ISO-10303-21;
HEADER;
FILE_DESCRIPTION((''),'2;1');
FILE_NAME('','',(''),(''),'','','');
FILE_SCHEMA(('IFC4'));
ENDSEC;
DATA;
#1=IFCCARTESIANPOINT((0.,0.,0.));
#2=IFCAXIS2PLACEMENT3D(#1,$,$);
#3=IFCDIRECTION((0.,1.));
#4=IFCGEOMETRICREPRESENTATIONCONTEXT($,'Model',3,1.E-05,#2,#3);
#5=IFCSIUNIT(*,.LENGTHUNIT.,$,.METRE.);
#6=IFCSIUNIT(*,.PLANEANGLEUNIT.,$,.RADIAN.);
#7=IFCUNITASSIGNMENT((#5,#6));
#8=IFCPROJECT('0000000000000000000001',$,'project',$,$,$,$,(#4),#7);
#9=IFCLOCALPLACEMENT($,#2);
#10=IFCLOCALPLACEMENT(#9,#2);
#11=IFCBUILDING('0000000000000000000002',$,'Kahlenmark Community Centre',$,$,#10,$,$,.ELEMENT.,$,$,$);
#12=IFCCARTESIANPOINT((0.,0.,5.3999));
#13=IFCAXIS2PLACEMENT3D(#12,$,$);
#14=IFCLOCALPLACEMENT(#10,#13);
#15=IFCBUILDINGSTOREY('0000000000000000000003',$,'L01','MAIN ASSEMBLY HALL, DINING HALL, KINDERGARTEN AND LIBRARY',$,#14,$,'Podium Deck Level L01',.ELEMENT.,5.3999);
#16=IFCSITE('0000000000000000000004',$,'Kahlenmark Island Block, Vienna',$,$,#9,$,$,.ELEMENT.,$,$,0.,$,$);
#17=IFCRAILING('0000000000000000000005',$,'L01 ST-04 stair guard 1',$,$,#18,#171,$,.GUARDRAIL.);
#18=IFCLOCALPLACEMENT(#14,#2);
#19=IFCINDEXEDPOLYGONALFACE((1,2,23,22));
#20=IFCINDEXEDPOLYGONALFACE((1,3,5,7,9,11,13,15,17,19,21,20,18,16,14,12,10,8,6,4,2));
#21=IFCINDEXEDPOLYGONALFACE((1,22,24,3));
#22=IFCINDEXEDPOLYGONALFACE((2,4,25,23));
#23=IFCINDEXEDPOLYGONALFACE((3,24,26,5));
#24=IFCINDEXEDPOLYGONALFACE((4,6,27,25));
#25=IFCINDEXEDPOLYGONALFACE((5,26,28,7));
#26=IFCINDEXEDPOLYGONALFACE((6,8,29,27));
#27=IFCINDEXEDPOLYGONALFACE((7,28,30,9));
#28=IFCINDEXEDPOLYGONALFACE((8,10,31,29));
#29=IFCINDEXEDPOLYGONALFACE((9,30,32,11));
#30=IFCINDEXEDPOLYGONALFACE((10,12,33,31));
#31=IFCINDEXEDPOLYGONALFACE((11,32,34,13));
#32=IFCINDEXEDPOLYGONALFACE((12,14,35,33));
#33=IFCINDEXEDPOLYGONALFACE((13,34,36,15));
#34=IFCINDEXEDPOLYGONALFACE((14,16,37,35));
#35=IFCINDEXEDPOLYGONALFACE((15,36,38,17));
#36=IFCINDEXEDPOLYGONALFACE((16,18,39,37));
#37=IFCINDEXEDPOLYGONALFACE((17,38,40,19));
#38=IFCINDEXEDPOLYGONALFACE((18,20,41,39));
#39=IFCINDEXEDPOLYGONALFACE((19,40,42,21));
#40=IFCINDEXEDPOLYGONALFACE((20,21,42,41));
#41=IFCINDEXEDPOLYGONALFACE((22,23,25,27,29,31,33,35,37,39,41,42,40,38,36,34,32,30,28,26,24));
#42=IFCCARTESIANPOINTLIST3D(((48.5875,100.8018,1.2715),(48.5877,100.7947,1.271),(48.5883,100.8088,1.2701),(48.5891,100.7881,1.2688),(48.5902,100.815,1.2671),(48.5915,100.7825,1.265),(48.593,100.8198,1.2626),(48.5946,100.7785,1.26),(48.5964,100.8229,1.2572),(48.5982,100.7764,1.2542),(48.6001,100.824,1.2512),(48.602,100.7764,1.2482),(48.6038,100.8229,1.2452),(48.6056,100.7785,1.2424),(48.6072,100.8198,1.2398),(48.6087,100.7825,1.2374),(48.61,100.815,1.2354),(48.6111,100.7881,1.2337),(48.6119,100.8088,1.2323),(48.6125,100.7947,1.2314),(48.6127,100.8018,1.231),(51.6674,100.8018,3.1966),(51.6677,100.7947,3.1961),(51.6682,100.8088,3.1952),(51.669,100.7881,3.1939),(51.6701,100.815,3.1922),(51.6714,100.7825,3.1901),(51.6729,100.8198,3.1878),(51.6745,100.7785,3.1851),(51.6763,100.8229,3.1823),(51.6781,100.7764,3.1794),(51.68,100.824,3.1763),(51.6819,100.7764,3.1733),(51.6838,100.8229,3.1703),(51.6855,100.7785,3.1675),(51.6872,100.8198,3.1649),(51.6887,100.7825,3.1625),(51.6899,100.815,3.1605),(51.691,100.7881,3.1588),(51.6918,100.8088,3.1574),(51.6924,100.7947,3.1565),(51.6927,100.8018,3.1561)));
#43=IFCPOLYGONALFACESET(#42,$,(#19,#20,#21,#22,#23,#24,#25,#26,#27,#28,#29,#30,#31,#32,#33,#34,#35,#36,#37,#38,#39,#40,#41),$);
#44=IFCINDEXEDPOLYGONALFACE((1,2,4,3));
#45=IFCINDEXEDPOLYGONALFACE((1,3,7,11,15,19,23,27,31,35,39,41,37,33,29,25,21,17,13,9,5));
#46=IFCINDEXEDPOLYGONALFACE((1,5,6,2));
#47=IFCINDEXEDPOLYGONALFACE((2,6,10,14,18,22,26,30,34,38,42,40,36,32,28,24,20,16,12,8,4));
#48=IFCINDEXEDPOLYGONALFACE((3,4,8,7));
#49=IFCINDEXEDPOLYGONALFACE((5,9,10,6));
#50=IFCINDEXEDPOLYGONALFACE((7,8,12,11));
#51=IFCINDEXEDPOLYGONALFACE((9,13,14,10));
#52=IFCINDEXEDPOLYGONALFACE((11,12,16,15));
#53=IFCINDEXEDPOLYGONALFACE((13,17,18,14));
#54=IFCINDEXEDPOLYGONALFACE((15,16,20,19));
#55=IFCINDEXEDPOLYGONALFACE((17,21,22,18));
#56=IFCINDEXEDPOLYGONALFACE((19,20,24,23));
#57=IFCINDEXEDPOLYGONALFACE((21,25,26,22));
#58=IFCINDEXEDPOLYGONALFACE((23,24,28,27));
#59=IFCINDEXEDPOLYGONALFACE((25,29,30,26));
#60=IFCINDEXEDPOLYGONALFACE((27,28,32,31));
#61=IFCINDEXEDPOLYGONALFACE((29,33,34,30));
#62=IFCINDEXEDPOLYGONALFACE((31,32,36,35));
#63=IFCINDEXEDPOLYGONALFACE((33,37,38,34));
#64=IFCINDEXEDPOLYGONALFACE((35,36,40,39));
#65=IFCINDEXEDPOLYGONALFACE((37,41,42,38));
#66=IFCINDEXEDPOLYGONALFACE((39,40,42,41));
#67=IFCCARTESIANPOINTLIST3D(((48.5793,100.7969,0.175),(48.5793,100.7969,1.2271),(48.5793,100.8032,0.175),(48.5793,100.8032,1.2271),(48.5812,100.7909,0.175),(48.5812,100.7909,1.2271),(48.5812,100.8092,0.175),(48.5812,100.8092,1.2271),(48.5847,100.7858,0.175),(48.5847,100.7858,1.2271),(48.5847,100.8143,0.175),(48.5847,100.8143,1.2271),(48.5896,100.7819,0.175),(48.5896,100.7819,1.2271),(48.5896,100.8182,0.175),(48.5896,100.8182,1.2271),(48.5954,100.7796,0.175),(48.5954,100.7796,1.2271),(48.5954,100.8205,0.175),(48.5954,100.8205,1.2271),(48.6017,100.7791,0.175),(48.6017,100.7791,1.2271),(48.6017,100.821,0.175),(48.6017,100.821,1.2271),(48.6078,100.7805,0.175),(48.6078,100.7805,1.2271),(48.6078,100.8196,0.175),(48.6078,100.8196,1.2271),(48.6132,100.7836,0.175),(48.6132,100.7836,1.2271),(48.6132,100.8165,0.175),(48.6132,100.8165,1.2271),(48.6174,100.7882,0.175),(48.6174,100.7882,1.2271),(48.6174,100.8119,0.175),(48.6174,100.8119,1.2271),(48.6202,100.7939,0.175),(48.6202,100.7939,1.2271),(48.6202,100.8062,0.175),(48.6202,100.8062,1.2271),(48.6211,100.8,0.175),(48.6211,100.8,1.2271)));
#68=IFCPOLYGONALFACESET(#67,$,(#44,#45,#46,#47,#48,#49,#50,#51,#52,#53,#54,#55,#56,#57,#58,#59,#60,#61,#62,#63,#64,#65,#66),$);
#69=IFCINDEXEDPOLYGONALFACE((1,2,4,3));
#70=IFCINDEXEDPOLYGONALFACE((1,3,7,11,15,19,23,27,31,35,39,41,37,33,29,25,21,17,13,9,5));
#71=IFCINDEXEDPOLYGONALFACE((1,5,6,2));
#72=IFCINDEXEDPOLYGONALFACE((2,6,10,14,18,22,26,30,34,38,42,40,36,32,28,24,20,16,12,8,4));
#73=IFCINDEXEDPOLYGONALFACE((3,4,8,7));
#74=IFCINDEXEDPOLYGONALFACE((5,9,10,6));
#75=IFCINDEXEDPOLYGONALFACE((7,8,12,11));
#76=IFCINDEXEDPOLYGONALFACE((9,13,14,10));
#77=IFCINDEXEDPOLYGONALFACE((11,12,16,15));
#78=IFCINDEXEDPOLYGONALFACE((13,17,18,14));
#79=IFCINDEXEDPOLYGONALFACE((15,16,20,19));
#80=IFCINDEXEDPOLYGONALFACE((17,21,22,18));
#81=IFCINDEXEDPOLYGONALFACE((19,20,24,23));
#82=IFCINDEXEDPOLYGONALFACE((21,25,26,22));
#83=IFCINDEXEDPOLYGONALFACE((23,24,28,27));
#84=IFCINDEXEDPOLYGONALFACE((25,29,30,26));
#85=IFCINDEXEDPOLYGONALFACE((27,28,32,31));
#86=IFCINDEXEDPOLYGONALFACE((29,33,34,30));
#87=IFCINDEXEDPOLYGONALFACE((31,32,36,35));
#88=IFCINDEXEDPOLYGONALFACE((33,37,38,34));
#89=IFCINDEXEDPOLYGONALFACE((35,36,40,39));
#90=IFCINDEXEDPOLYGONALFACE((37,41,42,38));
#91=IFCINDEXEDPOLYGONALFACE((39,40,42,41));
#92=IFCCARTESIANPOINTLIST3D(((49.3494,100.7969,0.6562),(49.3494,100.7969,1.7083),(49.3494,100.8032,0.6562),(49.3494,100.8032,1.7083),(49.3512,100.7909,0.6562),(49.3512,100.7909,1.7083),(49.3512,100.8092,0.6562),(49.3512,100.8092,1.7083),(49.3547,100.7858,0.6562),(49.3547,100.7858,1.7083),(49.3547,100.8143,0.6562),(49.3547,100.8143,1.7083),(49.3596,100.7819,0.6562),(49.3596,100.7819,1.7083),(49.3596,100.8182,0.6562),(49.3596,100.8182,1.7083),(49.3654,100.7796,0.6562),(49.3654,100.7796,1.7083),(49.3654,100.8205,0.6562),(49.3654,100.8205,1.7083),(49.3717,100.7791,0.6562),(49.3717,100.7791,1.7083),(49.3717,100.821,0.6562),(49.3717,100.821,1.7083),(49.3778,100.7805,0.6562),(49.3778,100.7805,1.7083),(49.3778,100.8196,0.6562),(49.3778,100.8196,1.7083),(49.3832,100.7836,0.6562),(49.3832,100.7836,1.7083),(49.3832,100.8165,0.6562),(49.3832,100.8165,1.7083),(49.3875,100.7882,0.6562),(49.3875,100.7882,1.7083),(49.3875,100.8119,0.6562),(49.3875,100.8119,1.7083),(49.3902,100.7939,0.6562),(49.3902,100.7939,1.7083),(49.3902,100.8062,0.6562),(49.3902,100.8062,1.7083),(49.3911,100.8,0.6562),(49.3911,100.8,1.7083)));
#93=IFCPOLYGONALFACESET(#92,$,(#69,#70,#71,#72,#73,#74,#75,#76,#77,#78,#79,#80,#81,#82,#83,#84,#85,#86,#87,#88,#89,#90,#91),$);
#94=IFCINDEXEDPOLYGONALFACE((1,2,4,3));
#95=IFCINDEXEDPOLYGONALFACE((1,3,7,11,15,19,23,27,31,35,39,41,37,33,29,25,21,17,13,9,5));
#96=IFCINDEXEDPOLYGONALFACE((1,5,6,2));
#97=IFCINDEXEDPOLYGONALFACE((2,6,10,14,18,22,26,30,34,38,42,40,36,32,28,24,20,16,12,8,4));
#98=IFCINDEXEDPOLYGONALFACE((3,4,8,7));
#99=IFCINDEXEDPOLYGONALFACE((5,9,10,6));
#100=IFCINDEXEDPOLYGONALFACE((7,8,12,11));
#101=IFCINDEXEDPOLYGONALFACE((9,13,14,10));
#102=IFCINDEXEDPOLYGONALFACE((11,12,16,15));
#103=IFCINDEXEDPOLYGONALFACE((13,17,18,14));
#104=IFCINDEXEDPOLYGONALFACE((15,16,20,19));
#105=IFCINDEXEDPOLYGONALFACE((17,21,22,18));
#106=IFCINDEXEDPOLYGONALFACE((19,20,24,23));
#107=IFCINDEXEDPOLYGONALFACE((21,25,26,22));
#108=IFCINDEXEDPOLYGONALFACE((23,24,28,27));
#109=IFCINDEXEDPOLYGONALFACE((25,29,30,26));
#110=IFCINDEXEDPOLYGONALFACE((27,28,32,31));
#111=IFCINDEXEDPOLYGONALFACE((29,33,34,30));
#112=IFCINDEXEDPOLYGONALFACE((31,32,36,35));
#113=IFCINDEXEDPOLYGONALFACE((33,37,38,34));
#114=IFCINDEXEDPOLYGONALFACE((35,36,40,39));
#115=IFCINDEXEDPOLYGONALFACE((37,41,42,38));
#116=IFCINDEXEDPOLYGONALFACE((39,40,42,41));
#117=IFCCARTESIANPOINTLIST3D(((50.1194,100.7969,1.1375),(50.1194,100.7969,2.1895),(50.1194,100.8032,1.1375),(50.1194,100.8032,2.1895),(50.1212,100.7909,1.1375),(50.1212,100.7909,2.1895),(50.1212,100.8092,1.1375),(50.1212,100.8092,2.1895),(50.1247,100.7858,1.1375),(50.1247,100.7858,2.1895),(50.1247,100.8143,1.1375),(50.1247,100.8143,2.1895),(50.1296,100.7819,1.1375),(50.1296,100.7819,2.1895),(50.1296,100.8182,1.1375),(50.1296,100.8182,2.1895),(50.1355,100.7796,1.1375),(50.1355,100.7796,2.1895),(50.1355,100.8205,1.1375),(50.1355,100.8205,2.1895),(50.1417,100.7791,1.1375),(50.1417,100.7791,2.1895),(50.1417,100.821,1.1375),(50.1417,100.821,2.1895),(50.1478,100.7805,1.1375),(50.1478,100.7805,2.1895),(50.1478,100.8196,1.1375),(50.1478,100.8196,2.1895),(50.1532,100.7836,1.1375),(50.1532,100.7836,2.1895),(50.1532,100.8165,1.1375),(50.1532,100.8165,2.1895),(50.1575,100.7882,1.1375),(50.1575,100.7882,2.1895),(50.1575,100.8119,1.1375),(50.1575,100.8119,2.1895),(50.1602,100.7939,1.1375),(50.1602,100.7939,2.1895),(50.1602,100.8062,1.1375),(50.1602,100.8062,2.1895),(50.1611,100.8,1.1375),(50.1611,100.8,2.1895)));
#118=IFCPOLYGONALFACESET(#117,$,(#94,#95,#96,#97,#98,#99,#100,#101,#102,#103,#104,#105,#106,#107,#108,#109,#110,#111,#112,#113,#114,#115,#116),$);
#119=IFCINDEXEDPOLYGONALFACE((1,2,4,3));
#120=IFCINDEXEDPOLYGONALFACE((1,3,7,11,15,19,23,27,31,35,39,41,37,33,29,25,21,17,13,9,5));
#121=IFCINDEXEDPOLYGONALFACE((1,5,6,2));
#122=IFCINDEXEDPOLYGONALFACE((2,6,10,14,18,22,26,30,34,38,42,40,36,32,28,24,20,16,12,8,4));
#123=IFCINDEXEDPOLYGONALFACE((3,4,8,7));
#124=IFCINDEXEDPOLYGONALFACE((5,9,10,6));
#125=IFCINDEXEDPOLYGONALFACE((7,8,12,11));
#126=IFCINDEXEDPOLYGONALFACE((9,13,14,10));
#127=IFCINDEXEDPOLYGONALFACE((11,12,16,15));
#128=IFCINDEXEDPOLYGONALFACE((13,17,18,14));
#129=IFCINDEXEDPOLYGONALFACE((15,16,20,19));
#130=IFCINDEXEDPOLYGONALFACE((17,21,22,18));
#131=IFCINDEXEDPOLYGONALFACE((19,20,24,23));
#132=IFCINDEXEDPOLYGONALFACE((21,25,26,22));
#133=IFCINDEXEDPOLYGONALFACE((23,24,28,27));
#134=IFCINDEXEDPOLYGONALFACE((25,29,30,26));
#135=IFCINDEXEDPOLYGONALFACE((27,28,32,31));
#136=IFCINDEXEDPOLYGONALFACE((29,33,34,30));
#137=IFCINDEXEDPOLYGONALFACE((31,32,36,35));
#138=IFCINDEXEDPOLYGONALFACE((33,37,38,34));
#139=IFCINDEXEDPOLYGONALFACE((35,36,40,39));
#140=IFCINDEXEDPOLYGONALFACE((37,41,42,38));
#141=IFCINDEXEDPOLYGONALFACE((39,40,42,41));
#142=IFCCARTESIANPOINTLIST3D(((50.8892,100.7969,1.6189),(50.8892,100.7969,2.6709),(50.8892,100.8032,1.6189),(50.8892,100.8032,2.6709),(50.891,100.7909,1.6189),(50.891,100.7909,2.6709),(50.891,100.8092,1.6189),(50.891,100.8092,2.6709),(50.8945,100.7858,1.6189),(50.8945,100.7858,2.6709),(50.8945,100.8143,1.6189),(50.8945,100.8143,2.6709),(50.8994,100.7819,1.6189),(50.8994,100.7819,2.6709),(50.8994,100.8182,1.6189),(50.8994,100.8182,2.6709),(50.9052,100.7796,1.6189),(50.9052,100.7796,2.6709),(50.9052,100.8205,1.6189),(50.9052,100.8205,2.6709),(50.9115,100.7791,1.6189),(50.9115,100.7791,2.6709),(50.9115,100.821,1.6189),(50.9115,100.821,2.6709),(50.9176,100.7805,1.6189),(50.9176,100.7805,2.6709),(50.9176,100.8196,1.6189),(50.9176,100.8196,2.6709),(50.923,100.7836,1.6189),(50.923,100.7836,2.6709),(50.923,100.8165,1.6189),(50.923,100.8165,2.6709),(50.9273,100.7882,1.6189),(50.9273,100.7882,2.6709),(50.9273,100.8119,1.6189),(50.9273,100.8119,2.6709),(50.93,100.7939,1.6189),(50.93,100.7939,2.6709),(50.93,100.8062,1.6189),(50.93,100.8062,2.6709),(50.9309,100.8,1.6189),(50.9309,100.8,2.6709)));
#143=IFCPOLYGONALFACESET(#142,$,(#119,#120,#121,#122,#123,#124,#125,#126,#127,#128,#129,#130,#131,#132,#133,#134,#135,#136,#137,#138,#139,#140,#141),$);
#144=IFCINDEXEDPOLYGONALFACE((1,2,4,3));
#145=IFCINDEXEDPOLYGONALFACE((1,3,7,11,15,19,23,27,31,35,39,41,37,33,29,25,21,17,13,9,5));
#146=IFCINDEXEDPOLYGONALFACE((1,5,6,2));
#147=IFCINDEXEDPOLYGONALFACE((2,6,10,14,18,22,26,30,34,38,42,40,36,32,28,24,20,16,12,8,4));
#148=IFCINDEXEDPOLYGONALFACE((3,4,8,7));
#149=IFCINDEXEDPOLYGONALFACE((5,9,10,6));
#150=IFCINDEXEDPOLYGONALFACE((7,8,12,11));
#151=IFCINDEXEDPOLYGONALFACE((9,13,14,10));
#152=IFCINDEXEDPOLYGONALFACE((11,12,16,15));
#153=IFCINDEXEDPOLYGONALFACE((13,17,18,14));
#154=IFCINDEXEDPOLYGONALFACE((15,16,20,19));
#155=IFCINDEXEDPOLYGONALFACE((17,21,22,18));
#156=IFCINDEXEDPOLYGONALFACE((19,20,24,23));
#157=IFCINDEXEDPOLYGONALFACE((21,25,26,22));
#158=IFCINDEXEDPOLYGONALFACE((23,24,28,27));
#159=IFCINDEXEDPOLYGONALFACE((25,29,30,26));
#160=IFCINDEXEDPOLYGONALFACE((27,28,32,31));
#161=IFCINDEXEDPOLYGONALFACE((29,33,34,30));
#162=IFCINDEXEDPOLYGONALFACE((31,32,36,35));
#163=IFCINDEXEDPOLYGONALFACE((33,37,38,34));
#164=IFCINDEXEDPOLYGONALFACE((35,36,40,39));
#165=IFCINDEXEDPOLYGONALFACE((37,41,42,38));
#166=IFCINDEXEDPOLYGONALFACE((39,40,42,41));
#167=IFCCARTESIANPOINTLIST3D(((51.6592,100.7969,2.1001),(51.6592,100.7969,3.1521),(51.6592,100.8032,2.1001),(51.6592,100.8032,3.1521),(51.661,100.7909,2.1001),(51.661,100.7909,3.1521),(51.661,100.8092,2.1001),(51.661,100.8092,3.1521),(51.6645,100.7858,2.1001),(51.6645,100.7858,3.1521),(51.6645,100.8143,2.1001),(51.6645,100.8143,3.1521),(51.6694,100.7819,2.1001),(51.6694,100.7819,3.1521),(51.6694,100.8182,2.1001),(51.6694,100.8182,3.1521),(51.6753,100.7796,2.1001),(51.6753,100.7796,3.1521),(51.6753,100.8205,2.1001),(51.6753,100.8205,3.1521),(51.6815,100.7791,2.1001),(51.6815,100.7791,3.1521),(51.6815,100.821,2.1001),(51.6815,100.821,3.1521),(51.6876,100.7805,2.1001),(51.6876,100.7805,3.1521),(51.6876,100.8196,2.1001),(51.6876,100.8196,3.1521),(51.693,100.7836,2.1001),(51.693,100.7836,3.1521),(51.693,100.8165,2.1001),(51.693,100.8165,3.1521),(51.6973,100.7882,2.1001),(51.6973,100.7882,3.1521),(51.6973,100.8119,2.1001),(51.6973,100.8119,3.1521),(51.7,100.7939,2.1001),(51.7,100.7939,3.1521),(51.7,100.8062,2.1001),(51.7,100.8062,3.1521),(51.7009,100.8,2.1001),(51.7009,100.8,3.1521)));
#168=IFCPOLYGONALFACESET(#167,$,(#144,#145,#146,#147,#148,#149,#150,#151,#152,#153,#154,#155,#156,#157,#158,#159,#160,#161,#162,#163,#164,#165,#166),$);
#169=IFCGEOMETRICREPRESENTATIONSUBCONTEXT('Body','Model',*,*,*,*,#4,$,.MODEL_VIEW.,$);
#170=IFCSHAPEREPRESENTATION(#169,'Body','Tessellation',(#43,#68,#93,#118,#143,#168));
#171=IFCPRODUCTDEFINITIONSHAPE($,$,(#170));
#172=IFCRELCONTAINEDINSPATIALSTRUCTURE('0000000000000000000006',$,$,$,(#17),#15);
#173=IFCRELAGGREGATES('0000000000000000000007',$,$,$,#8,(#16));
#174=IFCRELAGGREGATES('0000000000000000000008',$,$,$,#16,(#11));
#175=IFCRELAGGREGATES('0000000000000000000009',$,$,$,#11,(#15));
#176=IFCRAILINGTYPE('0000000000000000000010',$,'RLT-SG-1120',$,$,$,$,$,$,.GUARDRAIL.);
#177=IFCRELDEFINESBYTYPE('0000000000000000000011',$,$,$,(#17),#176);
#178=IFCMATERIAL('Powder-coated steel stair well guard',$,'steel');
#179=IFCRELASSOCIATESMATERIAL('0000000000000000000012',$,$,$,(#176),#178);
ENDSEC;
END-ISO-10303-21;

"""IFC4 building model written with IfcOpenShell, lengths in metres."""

from ifc_helpers import new_model, si_unit, direction, frame, origin, origin_2d, place, context, subcontext, project, spatial, circle, extrude, material, type_object, element, save


model = new_model("IFC4")

# Units and contexts
model_context = context("Model", 3, precision=1e-05, world=origin(), true_north=direction((0.0, 1.0)))
body_context = subcontext(model_context, "Body", "Model", "MODEL_VIEW")
ifc_project = project(units=[si_unit("LENGTHUNIT", "METRE"), si_unit("PLANEANGLEUNIT", "RADIAN")], contexts=[model_context])

# Site, building, storey
site_placement = place(None, origin())
site = spatial("IfcSite", under=ifc_project, at=site_placement, Name="Kahlenmark Island Block, Vienna", CompositionType="ELEMENT", RefElevation=0.0)
building_placement = place(site_placement, origin())
building = spatial("IfcBuilding", under=site, at=building_placement, Name="Kahlenmark Community Centre", CompositionType="ELEMENT")
storey_placement = place(building_placement, frame((0.0, 0.0, 5.3999)))
storey = spatial("IfcBuildingStorey", under=building, at=storey_placement, Name="L01", Description="MAIN ASSEMBLY HALL, DINING HALL, KINDERGARTEN AND LIBRARY", LongName="Podium Deck Level L01", CompositionType="ELEMENT", Elevation=5.3999)

# Railing
ifc_material_1 = material(Name="Powder-coated steel stair well guard", Category="steel")
railing_type_1 = type_object("IfcRailingType", Name="RLT-SG-1120", PredefinedType="GUARDRAIL", material=ifc_material_1)
railing_1_placement = place(storey_placement, frame((48.6001, 100.8, 0.175)))
element("IfcRailing", 1, at=railing_1_placement, inside=storey, type_object=railing_type_1, Name="L01 ST-04 stair guard 1", PredefinedType="GUARDRAIL", context=body_context, shape_type="SweptSolid", body=[
    extrude(circle(Radius=0.0239, at=origin_2d()), frame((0.0, 0.0, 1.0762), z_axis=(0.847979, 0.0, 0.530029), x_axis=(0.0, 1.0, 0.0)), (0.0, 0.0, 1.0), 3.6321),
    extrude(circle(Radius=0.021, at=origin_2d()), origin(), (0.0, 0.0, 1.0), 1.052),
    extrude(circle(Radius=0.021, at=origin_2d()), frame((0.77, 0.0, 0.4812)), (0.0, 0.0, 1.0), 1.052),
    extrude(circle(Radius=0.021, at=origin_2d()), frame((1.54, 0.0, 0.9624)), (0.0, 0.0, 1.0), 1.052),
    extrude(circle(Radius=0.021, at=origin_2d()), frame((2.3098, 0.0, 1.4438)), (0.0, 0.0, 1.0), 1.052),
    extrude(circle(Radius=0.021, at=origin_2d()), frame((3.0798, 0.0, 1.925)), (0.0, 0.0, 1.0), 1.052),
])

save(model, "model.ifc")
